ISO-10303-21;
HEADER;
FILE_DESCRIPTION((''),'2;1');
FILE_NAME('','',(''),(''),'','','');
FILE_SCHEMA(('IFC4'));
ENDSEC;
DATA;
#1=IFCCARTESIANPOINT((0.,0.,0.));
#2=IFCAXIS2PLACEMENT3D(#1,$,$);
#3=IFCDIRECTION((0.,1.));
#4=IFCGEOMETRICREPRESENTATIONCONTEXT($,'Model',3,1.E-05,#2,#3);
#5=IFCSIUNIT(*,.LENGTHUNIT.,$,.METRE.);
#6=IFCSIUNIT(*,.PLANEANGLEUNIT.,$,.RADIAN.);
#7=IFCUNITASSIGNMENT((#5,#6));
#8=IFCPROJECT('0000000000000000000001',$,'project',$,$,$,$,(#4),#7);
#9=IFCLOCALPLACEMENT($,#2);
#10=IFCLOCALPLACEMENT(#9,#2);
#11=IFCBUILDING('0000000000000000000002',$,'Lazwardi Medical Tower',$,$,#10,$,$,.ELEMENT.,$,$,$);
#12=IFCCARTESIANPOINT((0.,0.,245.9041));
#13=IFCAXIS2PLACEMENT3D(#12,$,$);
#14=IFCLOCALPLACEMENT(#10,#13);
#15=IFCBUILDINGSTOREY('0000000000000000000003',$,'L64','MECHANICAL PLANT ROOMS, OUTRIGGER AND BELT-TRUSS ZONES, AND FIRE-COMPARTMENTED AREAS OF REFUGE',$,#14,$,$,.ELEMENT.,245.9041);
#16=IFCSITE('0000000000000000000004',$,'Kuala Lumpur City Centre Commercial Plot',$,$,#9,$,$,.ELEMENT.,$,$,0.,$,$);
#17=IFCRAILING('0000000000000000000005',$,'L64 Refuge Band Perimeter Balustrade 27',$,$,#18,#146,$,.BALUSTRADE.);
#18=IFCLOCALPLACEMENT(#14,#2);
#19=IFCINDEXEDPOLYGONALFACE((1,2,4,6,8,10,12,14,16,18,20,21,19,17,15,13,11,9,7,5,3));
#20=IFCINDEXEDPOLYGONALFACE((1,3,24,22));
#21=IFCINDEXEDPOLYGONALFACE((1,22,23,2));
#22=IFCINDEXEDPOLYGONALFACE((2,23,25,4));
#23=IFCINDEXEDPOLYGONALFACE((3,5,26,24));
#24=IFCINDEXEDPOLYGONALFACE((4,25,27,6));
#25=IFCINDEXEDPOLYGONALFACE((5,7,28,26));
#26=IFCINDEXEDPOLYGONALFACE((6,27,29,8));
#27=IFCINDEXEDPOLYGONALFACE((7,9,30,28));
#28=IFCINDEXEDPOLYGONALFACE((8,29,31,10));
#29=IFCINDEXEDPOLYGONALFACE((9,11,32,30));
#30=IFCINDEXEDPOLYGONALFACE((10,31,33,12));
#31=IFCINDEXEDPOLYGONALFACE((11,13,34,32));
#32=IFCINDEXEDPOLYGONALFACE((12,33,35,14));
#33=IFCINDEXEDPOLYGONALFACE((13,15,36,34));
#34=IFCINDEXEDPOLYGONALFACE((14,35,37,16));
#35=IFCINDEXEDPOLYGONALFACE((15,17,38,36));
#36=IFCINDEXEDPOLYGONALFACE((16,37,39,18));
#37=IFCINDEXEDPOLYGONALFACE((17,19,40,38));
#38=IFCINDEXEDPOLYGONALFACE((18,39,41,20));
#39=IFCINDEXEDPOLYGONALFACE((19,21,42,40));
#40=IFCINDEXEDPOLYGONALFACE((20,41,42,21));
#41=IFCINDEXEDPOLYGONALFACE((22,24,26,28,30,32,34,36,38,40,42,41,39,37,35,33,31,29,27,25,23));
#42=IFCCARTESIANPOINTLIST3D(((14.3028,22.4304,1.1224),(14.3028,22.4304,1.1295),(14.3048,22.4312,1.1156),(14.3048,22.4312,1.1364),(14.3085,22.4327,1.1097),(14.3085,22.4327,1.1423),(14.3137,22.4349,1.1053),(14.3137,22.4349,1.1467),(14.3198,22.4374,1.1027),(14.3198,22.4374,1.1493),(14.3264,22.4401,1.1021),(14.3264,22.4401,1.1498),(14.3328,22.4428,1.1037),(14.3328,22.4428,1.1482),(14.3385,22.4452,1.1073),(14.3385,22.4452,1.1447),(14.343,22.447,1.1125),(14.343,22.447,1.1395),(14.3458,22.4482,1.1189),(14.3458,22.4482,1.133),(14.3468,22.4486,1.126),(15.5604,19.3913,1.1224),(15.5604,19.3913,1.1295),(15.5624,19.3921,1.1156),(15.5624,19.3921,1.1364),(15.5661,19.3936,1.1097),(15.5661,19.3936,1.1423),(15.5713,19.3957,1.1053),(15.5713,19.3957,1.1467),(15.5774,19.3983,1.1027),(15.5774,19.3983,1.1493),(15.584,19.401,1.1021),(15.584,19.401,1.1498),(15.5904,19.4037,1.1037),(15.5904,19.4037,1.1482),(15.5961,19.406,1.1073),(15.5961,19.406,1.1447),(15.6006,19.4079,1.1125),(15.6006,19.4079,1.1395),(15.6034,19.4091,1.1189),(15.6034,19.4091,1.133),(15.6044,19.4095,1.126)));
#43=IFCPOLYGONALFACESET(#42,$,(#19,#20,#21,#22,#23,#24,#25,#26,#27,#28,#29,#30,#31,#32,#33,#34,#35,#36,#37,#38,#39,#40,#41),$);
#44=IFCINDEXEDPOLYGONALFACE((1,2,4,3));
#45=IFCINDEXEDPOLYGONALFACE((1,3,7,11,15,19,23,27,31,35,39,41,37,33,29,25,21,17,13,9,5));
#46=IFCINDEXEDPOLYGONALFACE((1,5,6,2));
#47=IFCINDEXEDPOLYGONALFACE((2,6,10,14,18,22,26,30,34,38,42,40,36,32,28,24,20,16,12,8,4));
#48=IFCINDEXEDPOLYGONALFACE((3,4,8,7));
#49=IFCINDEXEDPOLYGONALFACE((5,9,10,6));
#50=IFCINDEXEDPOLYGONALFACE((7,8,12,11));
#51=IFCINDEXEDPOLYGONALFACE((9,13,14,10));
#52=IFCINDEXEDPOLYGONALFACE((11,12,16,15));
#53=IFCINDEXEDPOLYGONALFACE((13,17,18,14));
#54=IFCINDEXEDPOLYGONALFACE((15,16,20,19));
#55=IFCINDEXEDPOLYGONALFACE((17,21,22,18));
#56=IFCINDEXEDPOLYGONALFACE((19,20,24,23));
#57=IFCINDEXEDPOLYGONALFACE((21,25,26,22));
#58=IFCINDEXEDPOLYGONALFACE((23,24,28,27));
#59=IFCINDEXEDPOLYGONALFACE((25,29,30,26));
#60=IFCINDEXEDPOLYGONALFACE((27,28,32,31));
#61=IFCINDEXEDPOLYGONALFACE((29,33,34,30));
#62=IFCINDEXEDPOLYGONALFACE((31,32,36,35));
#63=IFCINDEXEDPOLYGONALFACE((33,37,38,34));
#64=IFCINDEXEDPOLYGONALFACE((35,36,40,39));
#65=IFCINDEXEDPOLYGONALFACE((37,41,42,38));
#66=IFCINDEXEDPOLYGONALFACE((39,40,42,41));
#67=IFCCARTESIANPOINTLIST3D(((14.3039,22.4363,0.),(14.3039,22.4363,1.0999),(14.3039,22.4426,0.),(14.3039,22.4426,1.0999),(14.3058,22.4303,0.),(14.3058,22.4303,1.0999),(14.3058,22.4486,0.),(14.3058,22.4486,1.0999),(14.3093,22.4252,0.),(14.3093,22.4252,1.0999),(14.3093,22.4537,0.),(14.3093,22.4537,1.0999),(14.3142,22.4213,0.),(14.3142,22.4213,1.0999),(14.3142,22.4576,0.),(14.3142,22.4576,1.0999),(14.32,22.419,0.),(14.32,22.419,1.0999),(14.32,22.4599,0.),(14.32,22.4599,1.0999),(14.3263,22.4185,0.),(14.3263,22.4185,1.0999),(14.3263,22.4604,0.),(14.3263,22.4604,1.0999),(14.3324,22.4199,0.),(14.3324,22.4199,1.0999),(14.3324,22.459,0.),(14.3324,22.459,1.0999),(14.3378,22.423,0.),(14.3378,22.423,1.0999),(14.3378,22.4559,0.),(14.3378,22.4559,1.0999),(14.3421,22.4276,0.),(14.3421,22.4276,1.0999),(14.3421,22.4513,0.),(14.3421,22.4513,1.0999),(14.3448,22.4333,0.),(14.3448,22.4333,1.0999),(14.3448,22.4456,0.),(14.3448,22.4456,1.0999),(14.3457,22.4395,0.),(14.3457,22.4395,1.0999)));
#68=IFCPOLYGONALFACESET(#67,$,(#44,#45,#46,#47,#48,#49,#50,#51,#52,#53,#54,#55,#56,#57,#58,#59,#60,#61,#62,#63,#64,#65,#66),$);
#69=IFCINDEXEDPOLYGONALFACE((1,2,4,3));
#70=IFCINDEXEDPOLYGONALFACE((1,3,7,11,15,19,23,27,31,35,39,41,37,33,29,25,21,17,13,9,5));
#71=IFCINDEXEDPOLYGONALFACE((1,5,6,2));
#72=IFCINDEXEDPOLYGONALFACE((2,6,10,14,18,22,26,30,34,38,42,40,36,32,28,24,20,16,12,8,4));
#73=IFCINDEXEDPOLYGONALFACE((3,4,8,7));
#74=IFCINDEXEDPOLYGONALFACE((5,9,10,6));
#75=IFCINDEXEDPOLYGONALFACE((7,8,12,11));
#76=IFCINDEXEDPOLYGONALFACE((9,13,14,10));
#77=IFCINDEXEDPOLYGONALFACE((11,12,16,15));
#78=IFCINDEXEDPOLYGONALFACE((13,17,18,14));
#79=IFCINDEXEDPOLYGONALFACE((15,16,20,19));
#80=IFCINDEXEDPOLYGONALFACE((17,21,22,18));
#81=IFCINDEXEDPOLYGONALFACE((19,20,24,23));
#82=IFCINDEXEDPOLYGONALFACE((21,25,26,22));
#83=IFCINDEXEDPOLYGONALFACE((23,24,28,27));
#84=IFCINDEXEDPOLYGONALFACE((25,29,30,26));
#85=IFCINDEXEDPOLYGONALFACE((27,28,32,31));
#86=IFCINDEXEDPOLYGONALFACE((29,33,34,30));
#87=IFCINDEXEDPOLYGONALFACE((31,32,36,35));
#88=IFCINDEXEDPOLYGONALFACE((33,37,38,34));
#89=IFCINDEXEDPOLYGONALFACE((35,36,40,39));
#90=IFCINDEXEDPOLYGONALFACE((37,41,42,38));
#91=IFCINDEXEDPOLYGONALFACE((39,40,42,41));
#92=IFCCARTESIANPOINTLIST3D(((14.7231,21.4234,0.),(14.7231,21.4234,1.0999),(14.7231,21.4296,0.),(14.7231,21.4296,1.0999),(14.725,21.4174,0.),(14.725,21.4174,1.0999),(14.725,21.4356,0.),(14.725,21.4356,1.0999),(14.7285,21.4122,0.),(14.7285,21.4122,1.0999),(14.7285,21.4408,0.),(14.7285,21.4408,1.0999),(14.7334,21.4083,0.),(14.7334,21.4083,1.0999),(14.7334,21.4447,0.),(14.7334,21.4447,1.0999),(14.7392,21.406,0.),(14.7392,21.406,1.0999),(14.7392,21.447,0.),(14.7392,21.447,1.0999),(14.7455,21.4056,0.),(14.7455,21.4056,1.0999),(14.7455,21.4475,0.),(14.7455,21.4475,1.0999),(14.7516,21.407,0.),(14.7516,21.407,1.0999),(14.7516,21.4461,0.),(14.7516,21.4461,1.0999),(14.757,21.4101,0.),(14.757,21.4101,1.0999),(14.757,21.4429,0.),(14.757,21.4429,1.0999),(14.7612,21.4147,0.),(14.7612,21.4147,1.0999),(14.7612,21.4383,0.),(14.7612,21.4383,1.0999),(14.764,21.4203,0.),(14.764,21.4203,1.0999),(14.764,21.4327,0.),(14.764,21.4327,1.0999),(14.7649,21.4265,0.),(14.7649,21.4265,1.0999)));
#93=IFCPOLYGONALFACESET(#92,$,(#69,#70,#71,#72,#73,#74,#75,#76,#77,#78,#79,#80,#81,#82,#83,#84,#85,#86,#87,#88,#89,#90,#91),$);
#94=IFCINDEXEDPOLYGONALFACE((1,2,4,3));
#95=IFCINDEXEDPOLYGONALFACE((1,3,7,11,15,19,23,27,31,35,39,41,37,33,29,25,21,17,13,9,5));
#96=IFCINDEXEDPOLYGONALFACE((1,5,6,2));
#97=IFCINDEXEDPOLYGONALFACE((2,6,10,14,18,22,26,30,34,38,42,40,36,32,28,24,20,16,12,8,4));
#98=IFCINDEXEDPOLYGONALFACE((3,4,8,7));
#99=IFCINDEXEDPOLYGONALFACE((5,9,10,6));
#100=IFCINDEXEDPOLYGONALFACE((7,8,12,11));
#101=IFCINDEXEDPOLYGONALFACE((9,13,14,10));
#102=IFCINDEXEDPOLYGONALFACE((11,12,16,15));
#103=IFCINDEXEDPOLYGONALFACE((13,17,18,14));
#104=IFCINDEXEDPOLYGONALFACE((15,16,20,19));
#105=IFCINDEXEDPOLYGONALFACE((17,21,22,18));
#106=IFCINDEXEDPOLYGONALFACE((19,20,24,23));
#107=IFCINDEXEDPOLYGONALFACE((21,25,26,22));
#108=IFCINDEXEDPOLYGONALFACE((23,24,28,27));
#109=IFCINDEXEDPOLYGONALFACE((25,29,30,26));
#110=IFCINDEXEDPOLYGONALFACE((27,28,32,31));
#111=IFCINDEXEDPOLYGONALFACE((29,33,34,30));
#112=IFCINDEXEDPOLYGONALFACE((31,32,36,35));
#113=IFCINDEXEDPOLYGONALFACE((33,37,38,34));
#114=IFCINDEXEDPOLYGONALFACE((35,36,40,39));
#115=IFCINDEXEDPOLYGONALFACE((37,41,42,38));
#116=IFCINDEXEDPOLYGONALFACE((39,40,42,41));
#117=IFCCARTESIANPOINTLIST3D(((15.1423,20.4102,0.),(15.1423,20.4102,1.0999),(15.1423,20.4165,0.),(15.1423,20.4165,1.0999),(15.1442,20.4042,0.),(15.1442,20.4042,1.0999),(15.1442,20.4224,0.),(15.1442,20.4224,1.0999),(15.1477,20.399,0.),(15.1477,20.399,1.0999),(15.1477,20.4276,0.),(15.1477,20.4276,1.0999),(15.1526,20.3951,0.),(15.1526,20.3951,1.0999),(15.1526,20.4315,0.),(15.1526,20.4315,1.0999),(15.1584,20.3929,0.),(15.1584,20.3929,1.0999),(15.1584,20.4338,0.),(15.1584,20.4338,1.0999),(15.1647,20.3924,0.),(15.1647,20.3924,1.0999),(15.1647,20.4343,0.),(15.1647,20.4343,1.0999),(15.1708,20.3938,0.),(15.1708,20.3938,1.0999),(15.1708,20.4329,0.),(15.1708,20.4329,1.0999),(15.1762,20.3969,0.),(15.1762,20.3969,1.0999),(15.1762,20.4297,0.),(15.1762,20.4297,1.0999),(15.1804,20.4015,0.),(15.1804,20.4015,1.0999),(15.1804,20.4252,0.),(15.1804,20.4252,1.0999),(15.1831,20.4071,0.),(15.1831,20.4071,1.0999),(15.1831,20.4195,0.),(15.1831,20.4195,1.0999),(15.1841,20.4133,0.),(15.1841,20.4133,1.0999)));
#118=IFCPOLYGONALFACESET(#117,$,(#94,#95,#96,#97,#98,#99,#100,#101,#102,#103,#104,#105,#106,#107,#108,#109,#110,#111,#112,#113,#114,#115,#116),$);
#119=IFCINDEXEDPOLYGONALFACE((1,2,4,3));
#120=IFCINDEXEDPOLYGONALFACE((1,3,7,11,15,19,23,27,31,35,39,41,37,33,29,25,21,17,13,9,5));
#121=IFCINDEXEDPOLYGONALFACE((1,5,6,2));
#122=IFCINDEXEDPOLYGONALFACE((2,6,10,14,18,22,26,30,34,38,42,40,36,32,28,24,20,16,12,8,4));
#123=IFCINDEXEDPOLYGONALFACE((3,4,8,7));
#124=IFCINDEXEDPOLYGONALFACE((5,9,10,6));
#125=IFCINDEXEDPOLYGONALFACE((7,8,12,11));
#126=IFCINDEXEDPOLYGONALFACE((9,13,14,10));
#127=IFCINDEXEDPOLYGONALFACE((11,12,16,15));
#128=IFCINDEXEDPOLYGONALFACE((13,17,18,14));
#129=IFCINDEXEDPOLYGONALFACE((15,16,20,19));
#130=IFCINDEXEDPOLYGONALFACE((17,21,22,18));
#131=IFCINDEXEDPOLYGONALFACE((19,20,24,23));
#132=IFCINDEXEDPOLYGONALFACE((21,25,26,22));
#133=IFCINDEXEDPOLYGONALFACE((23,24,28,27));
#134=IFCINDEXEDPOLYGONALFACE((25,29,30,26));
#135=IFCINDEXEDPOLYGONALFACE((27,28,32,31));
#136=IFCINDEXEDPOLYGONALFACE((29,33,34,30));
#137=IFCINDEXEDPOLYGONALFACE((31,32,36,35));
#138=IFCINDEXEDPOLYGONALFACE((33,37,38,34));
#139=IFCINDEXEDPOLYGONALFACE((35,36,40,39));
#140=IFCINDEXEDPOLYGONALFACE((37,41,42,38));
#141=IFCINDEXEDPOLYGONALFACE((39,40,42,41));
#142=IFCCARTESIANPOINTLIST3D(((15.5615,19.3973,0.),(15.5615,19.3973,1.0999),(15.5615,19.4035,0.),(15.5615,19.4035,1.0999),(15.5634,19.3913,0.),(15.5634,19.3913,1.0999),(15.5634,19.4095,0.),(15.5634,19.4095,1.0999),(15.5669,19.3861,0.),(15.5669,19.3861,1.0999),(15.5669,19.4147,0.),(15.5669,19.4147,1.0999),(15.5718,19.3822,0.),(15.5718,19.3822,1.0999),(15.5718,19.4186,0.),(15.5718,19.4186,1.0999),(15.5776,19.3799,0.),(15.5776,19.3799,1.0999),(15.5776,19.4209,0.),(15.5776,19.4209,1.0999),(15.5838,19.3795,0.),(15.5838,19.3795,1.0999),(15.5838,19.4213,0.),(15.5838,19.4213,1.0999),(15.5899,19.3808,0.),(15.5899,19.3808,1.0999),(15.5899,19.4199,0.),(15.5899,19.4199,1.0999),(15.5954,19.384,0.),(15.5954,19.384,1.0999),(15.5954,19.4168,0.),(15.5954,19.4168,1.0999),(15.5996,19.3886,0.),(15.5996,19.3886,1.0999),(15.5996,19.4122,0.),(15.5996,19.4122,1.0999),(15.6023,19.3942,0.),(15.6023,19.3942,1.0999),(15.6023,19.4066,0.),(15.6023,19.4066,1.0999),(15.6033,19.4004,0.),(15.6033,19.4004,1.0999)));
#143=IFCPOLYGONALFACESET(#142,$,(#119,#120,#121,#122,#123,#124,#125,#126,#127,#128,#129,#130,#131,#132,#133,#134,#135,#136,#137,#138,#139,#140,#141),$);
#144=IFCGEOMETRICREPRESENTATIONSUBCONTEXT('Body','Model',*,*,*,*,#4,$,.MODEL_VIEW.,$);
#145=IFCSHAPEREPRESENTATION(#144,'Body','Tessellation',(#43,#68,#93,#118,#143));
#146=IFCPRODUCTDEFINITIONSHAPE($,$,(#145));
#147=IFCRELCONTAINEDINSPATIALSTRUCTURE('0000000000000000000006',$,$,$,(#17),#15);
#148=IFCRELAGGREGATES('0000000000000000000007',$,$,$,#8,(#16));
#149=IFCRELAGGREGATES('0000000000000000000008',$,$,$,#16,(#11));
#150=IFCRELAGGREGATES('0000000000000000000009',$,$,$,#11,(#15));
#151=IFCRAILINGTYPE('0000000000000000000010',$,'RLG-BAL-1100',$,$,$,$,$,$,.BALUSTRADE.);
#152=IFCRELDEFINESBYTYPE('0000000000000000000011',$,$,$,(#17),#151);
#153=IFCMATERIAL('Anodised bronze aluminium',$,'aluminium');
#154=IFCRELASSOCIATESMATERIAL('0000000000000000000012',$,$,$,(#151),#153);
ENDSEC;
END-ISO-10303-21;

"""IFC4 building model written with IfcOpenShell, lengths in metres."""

from ifc_helpers import new_model, si_unit, direction, frame, origin, origin_2d, place, context, subcontext, project, spatial, circle, extrude, material, type_object, element, save


model = new_model("IFC4")

# Units and contexts
model_context = context("Model", 3, precision=1e-05, world=origin(), true_north=direction((0.0, 1.0)))
body_context = subcontext(model_context, "Body", "Model", "MODEL_VIEW")
ifc_project = project(units=[si_unit("LENGTHUNIT", "METRE"), si_unit("PLANEANGLEUNIT", "RADIAN")], contexts=[model_context])

# Site, building, storey
site_placement = place(None, origin())
site = spatial("IfcSite", under=ifc_project, at=site_placement, Name="Kuala Lumpur City Centre Commercial Plot", CompositionType="ELEMENT", RefElevation=0.0)
building_placement = place(site_placement, origin())
building = spatial("IfcBuilding", under=site, at=building_placement, Name="Lazwardi Medical Tower", CompositionType="ELEMENT")
storey_placement = place(building_placement, frame((0.0, 0.0, 245.9041)))
storey = spatial("IfcBuildingStorey", under=building, at=storey_placement, Name="L64", Description="MECHANICAL PLANT ROOMS, OUTRIGGER AND BELT-TRUSS ZONES, AND FIRE-COMPARTMENTED AREAS OF REFUGE", CompositionType="ELEMENT", Elevation=245.9041)

# Railing
ifc_material_1 = material(Name="Anodised bronze aluminium", Category="aluminium")
railing_type = type_object("IfcRailingType", Name="RLG-BAL-1100", PredefinedType="BALUSTRADE", material=ifc_material_1)
railing_1_placement = place(storey_placement, frame((14.3247, 22.4395, 0.0)))
element("IfcRailing", 1, at=railing_1_placement, inside=storey, type_object=railing_type, Name="L64 Refuge Band Perimeter Balustrade 27", PredefinedType="BALUSTRADE", context=body_context, shape_type="SweptSolid", body=[
    extrude(circle(Radius=0.0239, at=origin_2d()), frame((0.0, 0.0, 1.126), z_axis=(0.382358, -0.924014, 0.0), x_axis=(0.924014, 0.382358, 0.0)), (0.0, 0.0, 1.0), 3.2891),
    extrude(circle(Radius=0.021, at=origin_2d()), origin(), (0.0, 0.0, 1.0), 1.0999),
    extrude(circle(Radius=0.021, at=origin_2d()), frame((0.4192, -1.0129, 0.0)), (0.0, 0.0, 1.0), 1.0999),
    extrude(circle(Radius=0.021, at=origin_2d()), frame((0.8384, -2.0261, 0.0)), (0.0, 0.0, 1.0), 1.0999),
    extrude(circle(Radius=0.021, at=origin_2d()), frame((1.2576, -3.0391, 0.0)), (0.0, 0.0, 1.0), 1.0999),
])

save(model, "model.ifc")
